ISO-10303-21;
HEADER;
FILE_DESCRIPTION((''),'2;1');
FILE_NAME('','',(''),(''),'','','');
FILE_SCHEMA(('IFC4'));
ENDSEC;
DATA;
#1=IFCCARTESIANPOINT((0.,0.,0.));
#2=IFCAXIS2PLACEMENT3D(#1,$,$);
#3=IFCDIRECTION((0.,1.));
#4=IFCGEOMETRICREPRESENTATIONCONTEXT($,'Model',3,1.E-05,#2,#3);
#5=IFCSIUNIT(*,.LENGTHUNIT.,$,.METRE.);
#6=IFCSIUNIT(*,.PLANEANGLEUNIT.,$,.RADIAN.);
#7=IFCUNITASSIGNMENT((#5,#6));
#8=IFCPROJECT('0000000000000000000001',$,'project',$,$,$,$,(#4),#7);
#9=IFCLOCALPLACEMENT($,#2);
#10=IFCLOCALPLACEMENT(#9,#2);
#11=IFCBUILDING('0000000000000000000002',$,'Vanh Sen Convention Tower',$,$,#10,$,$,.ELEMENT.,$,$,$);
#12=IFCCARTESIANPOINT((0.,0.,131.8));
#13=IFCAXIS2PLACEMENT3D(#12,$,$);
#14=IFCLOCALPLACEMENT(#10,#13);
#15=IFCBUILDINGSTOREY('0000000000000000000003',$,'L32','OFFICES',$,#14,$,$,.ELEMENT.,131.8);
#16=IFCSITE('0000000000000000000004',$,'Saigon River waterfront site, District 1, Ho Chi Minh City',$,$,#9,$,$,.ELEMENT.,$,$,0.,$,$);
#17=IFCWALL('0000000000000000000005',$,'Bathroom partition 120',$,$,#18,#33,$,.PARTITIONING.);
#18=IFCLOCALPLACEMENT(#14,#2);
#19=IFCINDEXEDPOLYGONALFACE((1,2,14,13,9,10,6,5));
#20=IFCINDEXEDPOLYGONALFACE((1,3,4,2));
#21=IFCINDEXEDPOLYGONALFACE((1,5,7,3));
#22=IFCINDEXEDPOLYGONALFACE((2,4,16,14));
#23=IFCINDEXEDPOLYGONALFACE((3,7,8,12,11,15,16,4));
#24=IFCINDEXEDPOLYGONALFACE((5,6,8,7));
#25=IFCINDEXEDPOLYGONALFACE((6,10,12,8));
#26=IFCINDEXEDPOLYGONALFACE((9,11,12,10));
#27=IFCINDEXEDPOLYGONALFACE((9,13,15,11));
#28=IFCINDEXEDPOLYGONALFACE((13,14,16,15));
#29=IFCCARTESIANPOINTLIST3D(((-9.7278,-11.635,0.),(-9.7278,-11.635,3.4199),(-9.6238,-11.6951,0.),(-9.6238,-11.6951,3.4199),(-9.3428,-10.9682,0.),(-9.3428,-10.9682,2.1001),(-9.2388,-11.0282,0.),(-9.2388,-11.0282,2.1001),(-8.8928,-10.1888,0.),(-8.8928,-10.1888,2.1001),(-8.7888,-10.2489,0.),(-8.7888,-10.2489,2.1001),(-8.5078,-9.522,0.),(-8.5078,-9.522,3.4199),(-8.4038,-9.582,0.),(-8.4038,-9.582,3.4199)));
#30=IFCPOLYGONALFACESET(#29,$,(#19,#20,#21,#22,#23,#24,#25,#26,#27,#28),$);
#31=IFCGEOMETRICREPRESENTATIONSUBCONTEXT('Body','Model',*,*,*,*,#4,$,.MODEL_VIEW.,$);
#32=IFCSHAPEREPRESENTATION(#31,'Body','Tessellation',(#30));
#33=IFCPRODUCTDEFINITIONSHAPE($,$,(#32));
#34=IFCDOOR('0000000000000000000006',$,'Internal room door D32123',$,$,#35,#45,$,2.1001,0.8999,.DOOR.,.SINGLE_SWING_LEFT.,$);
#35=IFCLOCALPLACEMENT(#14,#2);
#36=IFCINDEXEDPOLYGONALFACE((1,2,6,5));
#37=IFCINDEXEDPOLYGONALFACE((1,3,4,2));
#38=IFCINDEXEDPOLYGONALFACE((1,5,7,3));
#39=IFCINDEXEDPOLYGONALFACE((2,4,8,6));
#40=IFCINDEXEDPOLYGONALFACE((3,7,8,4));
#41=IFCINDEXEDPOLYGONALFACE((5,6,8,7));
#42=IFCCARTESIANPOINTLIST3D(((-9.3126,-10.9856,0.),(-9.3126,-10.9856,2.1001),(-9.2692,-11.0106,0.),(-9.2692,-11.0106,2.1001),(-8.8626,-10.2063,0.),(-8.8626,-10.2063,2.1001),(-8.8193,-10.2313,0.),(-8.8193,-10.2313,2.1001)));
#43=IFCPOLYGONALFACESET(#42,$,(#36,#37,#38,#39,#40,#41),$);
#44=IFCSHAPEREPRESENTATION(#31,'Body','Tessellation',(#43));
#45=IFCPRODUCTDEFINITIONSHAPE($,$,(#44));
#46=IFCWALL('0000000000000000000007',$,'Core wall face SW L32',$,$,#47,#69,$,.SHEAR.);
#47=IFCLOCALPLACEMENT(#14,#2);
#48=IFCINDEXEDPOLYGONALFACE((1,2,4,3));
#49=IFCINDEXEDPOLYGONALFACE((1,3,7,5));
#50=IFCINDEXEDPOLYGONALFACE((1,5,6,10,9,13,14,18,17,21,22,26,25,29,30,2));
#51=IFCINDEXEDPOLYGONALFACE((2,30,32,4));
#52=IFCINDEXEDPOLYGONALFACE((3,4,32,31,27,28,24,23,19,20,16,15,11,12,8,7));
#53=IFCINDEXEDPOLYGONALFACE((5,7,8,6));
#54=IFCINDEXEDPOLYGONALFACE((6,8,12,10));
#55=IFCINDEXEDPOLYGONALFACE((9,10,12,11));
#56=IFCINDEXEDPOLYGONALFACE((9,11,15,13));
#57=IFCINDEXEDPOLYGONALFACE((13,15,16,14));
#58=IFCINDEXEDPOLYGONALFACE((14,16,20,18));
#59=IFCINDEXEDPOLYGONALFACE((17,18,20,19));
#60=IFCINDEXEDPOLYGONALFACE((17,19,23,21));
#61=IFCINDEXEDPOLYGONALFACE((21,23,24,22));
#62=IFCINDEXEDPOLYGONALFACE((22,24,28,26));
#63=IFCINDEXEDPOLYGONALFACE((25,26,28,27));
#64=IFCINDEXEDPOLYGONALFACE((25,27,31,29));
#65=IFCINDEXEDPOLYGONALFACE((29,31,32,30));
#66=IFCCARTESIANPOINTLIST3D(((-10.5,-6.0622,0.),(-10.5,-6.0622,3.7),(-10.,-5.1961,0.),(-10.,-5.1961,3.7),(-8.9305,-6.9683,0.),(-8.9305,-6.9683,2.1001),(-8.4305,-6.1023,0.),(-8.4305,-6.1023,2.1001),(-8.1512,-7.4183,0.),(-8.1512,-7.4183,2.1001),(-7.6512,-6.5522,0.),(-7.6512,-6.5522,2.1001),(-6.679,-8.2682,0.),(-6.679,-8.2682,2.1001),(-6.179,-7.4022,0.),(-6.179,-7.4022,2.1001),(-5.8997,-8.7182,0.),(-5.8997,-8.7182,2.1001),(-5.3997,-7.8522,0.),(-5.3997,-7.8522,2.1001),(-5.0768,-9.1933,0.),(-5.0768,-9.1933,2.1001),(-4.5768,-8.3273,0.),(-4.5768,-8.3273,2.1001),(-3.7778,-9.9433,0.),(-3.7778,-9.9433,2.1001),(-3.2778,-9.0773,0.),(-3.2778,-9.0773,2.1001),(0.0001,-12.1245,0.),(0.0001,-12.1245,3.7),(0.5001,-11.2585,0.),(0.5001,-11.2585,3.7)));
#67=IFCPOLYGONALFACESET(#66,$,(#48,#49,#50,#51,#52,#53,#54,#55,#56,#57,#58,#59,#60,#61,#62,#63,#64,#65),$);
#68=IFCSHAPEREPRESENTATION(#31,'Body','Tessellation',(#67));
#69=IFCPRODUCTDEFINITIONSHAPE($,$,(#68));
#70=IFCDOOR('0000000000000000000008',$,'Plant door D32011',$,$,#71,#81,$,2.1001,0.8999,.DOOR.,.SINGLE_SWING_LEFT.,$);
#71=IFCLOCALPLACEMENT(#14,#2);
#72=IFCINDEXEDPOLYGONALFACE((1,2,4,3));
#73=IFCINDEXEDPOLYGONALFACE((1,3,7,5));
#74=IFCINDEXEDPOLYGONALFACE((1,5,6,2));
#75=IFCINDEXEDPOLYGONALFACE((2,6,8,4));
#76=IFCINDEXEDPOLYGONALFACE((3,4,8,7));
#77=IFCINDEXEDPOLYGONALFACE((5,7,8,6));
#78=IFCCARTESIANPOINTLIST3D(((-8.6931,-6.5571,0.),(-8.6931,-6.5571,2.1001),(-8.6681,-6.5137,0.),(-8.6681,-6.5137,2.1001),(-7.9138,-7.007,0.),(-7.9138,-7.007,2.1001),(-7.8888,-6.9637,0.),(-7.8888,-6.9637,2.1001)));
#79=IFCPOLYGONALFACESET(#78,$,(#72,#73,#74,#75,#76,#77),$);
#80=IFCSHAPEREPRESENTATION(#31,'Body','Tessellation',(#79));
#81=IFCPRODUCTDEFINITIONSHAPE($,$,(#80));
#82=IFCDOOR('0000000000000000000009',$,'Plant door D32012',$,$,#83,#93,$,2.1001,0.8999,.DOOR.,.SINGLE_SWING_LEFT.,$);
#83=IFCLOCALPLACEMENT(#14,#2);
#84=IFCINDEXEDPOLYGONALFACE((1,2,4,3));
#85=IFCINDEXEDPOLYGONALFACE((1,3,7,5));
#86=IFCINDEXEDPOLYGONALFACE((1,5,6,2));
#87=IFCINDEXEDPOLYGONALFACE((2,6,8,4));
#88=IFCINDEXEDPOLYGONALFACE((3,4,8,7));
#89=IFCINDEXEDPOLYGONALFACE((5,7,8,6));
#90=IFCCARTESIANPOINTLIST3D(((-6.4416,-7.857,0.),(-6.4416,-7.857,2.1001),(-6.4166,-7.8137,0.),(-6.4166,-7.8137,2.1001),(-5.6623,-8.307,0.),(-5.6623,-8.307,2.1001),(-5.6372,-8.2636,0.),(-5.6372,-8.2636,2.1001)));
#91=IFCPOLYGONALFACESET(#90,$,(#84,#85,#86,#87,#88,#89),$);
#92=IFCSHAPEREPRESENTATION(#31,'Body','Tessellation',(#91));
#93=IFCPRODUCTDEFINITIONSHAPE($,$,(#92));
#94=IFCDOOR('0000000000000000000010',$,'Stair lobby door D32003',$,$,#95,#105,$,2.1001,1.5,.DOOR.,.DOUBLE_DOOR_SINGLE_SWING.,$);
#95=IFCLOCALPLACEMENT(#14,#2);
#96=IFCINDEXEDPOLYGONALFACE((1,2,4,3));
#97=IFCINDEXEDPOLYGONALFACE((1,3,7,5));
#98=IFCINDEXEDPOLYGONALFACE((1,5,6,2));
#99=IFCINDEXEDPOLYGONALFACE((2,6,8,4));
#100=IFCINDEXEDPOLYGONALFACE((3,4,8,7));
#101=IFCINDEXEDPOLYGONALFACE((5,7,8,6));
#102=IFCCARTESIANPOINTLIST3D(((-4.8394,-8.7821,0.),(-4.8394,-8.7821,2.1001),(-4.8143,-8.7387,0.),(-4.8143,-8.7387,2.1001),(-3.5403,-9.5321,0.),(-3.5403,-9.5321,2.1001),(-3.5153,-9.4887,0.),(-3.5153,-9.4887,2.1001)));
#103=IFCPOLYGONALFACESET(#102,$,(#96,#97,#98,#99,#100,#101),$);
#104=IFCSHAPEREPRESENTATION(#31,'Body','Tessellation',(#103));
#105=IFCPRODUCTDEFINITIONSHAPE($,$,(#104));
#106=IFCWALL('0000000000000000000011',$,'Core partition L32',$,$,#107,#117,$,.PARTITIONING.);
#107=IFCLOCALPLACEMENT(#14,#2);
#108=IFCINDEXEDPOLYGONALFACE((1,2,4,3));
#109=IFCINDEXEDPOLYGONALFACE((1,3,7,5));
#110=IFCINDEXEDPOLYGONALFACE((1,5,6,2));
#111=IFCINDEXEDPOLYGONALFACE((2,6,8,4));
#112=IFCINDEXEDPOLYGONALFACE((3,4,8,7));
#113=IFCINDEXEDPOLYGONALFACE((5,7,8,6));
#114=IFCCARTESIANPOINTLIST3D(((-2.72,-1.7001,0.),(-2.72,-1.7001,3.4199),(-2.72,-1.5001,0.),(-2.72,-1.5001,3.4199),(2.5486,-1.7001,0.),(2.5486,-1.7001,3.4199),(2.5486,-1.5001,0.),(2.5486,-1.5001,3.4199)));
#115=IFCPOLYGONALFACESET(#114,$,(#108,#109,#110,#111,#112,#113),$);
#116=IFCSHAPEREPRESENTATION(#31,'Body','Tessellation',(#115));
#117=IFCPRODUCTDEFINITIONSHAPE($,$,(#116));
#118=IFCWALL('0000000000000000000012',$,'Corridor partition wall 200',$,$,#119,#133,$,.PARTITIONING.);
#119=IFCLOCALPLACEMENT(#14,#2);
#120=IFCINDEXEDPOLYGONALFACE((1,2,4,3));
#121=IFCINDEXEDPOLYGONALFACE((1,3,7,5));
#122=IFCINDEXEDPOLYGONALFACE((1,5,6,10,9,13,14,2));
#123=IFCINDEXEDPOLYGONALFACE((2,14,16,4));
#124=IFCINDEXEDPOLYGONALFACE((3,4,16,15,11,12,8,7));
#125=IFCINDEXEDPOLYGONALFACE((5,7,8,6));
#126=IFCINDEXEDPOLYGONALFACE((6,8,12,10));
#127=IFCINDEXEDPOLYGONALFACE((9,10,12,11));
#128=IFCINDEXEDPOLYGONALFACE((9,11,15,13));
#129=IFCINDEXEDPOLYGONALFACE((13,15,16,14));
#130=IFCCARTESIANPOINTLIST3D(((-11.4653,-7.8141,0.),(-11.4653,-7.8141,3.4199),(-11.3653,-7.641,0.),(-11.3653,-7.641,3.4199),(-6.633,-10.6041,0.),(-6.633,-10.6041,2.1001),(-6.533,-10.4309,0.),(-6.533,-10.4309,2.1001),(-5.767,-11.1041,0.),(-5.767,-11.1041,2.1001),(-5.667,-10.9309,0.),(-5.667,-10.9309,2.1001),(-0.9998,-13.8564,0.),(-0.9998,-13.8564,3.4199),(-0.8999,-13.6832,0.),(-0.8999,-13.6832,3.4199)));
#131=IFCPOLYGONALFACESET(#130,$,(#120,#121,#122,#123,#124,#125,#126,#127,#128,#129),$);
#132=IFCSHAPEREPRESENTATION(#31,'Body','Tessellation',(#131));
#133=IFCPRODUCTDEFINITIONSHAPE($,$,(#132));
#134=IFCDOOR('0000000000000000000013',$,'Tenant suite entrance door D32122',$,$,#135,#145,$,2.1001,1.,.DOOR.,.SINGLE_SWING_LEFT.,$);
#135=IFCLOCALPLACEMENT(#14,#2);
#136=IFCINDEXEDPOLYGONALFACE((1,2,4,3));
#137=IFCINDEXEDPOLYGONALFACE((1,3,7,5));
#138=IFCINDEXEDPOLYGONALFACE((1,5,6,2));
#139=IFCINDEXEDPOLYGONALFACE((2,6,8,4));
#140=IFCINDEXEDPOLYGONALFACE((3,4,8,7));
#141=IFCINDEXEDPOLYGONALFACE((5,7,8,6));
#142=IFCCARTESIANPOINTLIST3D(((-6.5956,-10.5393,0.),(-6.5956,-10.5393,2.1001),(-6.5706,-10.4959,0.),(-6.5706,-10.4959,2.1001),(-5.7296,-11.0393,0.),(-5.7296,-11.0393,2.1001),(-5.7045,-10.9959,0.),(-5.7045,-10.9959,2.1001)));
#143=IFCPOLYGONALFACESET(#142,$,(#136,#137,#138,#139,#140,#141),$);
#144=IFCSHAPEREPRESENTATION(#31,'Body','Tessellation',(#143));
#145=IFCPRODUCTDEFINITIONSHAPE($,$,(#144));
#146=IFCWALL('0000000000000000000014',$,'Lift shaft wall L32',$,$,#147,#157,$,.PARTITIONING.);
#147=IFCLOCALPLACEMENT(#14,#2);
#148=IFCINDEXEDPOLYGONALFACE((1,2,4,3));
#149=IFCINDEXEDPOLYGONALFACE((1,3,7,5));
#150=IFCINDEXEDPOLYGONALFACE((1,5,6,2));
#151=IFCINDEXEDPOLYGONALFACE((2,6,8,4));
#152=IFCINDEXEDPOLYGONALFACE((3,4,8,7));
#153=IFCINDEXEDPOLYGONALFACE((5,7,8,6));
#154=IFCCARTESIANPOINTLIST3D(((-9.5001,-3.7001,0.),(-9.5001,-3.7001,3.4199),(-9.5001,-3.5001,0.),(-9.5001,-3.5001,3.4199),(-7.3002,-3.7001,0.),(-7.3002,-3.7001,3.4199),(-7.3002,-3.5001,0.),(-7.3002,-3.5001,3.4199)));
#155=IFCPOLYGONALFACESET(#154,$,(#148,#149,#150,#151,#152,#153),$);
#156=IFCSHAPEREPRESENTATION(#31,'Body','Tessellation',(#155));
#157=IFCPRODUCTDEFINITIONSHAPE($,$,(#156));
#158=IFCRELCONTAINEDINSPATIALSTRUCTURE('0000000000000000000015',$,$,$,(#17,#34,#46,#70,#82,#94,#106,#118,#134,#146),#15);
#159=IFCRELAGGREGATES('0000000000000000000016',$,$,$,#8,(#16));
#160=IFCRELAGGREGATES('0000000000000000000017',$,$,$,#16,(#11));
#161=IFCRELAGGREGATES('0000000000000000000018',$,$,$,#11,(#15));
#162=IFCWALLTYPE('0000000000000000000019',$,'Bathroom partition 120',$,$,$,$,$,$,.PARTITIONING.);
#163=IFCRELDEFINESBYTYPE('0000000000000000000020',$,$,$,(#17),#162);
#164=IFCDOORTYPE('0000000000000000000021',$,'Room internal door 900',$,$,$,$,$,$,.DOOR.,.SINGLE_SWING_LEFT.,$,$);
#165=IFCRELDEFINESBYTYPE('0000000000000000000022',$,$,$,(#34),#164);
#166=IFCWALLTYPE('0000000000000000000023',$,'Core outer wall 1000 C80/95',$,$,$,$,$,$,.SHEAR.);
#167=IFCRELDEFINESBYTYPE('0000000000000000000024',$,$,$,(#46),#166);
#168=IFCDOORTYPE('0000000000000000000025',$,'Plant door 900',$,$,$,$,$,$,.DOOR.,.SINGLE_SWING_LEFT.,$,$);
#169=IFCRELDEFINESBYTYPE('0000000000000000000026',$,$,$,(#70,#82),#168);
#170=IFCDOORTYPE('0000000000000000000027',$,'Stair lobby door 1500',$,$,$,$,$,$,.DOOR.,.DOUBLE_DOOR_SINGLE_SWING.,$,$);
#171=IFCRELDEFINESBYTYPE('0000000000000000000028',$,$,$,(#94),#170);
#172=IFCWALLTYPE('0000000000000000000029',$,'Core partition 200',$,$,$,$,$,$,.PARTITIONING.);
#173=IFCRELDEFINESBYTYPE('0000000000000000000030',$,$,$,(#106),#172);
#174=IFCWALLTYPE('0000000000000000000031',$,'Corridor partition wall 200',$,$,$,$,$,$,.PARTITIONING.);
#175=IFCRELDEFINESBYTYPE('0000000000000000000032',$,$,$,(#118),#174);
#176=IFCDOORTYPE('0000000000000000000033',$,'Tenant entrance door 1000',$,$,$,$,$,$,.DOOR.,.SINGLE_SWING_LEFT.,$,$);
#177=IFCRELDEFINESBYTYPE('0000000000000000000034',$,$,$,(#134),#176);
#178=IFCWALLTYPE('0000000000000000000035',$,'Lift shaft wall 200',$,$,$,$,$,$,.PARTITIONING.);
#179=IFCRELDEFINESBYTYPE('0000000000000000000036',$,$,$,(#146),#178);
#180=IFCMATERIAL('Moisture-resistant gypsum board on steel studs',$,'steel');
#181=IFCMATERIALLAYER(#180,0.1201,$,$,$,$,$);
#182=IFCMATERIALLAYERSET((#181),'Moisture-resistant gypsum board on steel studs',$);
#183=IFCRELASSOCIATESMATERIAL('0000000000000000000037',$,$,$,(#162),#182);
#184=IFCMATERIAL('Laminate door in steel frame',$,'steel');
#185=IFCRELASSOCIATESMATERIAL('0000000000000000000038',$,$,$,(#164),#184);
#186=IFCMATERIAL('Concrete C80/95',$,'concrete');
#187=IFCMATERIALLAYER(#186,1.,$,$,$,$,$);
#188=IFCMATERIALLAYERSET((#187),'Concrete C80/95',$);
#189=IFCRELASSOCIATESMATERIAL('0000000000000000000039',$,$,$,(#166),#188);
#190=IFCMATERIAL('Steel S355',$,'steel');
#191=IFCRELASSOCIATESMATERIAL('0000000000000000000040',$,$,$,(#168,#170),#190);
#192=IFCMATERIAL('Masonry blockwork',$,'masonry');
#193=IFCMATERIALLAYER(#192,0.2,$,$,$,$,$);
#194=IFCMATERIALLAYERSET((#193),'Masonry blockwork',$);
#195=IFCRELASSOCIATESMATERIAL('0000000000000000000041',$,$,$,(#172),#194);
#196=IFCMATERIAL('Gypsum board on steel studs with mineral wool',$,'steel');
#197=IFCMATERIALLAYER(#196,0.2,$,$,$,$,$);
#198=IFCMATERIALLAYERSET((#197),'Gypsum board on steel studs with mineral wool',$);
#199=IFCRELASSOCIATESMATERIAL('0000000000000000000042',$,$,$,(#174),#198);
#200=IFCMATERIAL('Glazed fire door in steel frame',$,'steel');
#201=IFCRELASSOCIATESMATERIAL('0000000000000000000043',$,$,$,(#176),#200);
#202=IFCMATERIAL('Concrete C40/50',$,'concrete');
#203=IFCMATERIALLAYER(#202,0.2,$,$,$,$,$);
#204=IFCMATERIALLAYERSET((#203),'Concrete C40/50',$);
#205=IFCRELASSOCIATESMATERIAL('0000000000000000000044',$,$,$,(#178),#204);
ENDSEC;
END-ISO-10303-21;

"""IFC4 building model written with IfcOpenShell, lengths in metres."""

from ifc_helpers import new_model, si_unit, direction, frame, frame_2d, origin, place, context, subcontext, project, spatial, rectangle, extrude, material, layer, layer_set, type_object, element, fill, save


model = new_model("IFC4")

# Units and contexts
model_context = context("Model", 3, precision=1e-05, world=origin(), true_north=direction((0.0, 1.0)))
body_context = subcontext(model_context, "Body", "Model", "MODEL_VIEW")
ifc_project = project(units=[si_unit("LENGTHUNIT", "METRE"), si_unit("PLANEANGLEUNIT", "RADIAN")], contexts=[model_context])

# Site, building, storey
site_placement = place(None, origin())
site = spatial("IfcSite", under=ifc_project, at=site_placement, Name="Saigon River waterfront site, District 1, Ho Chi Minh City", CompositionType="ELEMENT", RefElevation=0.0)
building_placement = place(site_placement, origin())
building = spatial("IfcBuilding", under=site, at=building_placement, Name="Vanh Sen Convention Tower", CompositionType="ELEMENT")
storey_placement = place(building_placement, frame((0.0, 0.0, 131.8)))
storey = spatial("IfcBuildingStorey", under=building, at=storey_placement, Name="L32", Description="OFFICES", CompositionType="ELEMENT", Elevation=131.8)

# Shared definitions
ifc_material_1 = material(Name="Concrete C40/50", Category="concrete")

# Shared definitions
ifc_material_2 = material(Name="Moisture-resistant gypsum board on steel studs", Category="steel")
ifc_layer_1 = layer(ifc_material_2, 0.1201)
ifc_layer_set_1 = layer_set([ifc_layer_1], Name="Moisture-resistant gypsum board on steel studs")
wall_type_1 = type_object("IfcWallType", Name="Bathroom partition 120", PredefinedType="PARTITIONING", material=ifc_layer_set_1)

# Wall, opening, door
wall_1_placement = place(storey_placement, frame((-8.4558, -9.552, 0.0), z_axis=(0.0, 0.0, 1.0), x_axis=(-0.500003, -0.866024, 0.0)))
wall_1 = element("IfcWall", 1, at=wall_1_placement, inside=storey, type_object=wall_type_1, Name="Bathroom partition 120", PredefinedType="PARTITIONING", context=body_context, shape_type="SweptSolid", body=[
    extrude(rectangle(XDim=2.4399, YDim=0.1201, at=frame_2d((1.22, 0.0))), origin(), (0.0, 0.0, 1.0), 3.4199),
])
opening_1_placement = place(wall_1_placement, frame((0.77, 0.0, 0.0)))
opening_1 = element("IfcOpeningElement", 2, at=opening_1_placement, cuts=wall_1, PredefinedType="OPENING", context=body_context, shape_type="SweptSolid", body=[
    extrude(rectangle(XDim=0.8999, YDim=2.1001, at=frame_2d((0.45, 1.05))), frame((0.0, 0.0701, 0.0), z_axis=(0.0, -1.0, 0.0), x_axis=(1.0, 0.0, 0.0)), (0.0, 0.0, 1.0), 0.1401),
])
ifc_material_3 = material(Name="Laminate door in steel frame", Category="steel")
door_type_1 = type_object("IfcDoorType", Name="Room internal door 900", OperationType="SINGLE_SWING_LEFT", PredefinedType="DOOR", material=ifc_material_3)
door_1_placement = place(opening_1_placement, origin())
door_1 = element("IfcDoor", 3, at=door_1_placement, inside=storey, type_object=door_type_1, Name="Internal room door D32123", OperationType="SINGLE_SWING_LEFT", OverallHeight=2.1001, OverallWidth=0.8999, PredefinedType="DOOR", context=body_context, shape_type="SweptSolid", body=[
    extrude(rectangle(XDim=0.8999, YDim=2.1001, at=frame_2d((0.45, 1.05))), frame((0.0, 0.0249, 0.0), z_axis=(0.0, -1.0, 0.0), x_axis=(1.0, 0.0, 0.0)), (0.0, 0.0, 1.0), 0.05),
])
fill(opening_1, door_1)

# Wall, openings, doors
ifc_material_4 = material(Name="Concrete C80/95", Category="concrete")
ifc_layer_2 = layer(ifc_material_4, 1.0)
ifc_layer_set_2 = layer_set([ifc_layer_2], Name="Concrete C80/95")
wall_type_2 = type_object("IfcWallType", Name="Core outer wall 1000 C80/95", PredefinedType="SHEAR", material=ifc_layer_set_2)
wall_2_placement = place(storey_placement, frame((-10.25, -5.6292, 0.0), z_axis=(0.0, 0.0, 1.0), x_axis=(0.866023, -0.500005, 0.0)))
wall_2 = element("IfcWall", 4, at=wall_2_placement, inside=storey, type_object=wall_type_2, Name="Core wall face SW L32", PredefinedType="SHEAR", context=body_context, shape_type="SweptSolid", body=[
    extrude(rectangle(XDim=12.1245, YDim=1.0, at=frame_2d((6.0623, 0.0))), origin(), (0.0, 0.0, 1.0), 3.7),
])
opening_2_placement = place(wall_2_placement, frame((6.2622, 0.0, 0.0)))
opening_2 = element("IfcOpeningElement", 5, at=opening_2_placement, cuts=wall_2, PredefinedType="OPENING", context=body_context, shape_type="SweptSolid", body=[
    extrude(rectangle(XDim=1.5, YDim=2.1001, at=frame_2d((0.75, 1.05))), frame((0.0, 0.51, 0.0), z_axis=(0.0, -1.0, 0.0), x_axis=(1.0, 0.0, 0.0)), (0.0, 0.0, 1.0), 1.02),
])
opening_3_placement = place(wall_2_placement, frame((1.8123, 0.0, 0.0)))
opening_3 = element("IfcOpeningElement", 6, at=opening_3_placement, cuts=wall_2, PredefinedType="OPENING", context=body_context, shape_type="SweptSolid", body=[
    extrude(rectangle(XDim=0.8999, YDim=2.1001, at=frame_2d((0.45, 1.05))), frame((0.0, 0.51, 0.0), z_axis=(0.0, -1.0, 0.0), x_axis=(1.0, 0.0, 0.0)), (0.0, 0.0, 1.0), 1.02),
])
opening_4_placement = place(wall_2_placement, frame((4.4121, 0.0, 0.0)))
opening_4 = element("IfcOpeningElement", 7, at=opening_4_placement, cuts=wall_2, PredefinedType="OPENING", context=body_context, shape_type="SweptSolid", body=[
    extrude(rectangle(XDim=0.8999, YDim=2.1001, at=frame_2d((0.45, 1.05))), frame((0.0, 0.51, 0.0), z_axis=(0.0, -1.0, 0.0), x_axis=(1.0, 0.0, 0.0)), (0.0, 0.0, 1.0), 1.02),
])
ifc_material_5 = material(Name="Steel S355", Category="steel")
door_type_2 = type_object("IfcDoorType", Name="Plant door 900", OperationType="SINGLE_SWING_LEFT", PredefinedType="DOOR", material=ifc_material_5)
door_2_placement = place(opening_3_placement, origin())
door_2 = element("IfcDoor", 8, at=door_2_placement, inside=storey, type_object=door_type_2, Name="Plant door D32011", OperationType="SINGLE_SWING_LEFT", OverallHeight=2.1001, OverallWidth=0.8999, PredefinedType="DOOR", context=body_context, shape_type="SweptSolid", body=[
    extrude(rectangle(XDim=0.8999, YDim=2.1001, at=frame_2d((0.45, 1.05))), frame((0.0, 0.0249, 0.0), z_axis=(0.0, -1.0, 0.0), x_axis=(1.0, 0.0, 0.0)), (0.0, 0.0, 1.0), 0.05),
])
fill(opening_3, door_2)
door_3_placement = place(opening_4_placement, origin())
door_3 = element("IfcDoor", 9, at=door_3_placement, inside=storey, type_object=door_type_2, Name="Plant door D32012", OperationType="SINGLE_SWING_LEFT", OverallHeight=2.1001, OverallWidth=0.8999, PredefinedType="DOOR", context=body_context, shape_type="SweptSolid", body=[
    extrude(rectangle(XDim=0.8999, YDim=2.1001, at=frame_2d((0.45, 1.05))), frame((0.0, 0.0249, 0.0), z_axis=(0.0, -1.0, 0.0), x_axis=(1.0, 0.0, 0.0)), (0.0, 0.0, 1.0), 0.05),
])
fill(opening_4, door_3)
door_type_3 = type_object("IfcDoorType", Name="Stair lobby door 1500", OperationType="DOUBLE_DOOR_SINGLE_SWING", PredefinedType="DOOR", material=ifc_material_5)
door_4_placement = place(opening_2_placement, origin())
door_4 = element("IfcDoor", 10, at=door_4_placement, inside=storey, type_object=door_type_3, Name="Stair lobby door D32003", OperationType="DOUBLE_DOOR_SINGLE_SWING", OverallHeight=2.1001, OverallWidth=1.5, PredefinedType="DOOR", context=body_context, shape_type="SweptSolid", body=[
    extrude(rectangle(XDim=1.5, YDim=2.1001, at=frame_2d((0.75, 1.05))), frame((0.0, 0.0249, 0.0), z_axis=(0.0, -1.0, 0.0), x_axis=(1.0, 0.0, 0.0)), (0.0, 0.0, 1.0), 0.05),
])
fill(opening_2, door_4)

# Wall
ifc_material_6 = material(Name="Masonry blockwork", Category="masonry")
ifc_layer_3 = layer(ifc_material_6, 0.2)
ifc_layer_set_3 = layer_set([ifc_layer_3], Name="Masonry blockwork")
wall_type_3 = type_object("IfcWallType", Name="Core partition 200", PredefinedType="PARTITIONING", material=ifc_layer_set_3)
wall_3_placement = place(storey_placement, frame((-2.72, -1.6001, 0.0), z_axis=(0.0, 0.0, 1.0), x_axis=(1.0, 0.0, 0.0)))
element("IfcWall", 11, at=wall_3_placement, inside=storey, type_object=wall_type_3, Name="Core partition L32", PredefinedType="PARTITIONING", context=body_context, shape_type="SweptSolid", body=[
    extrude(rectangle(XDim=5.2686, YDim=0.2, at=frame_2d((2.6343, 0.0))), origin(), (0.0, 0.0, 1.0), 3.4199),
])

# Wall, opening, door
ifc_material_7 = material(Name="Gypsum board on steel studs with mineral wool", Category="steel")
ifc_layer_4 = layer(ifc_material_7, 0.2)
ifc_layer_set_4 = layer_set([ifc_layer_4], Name="Gypsum board on steel studs with mineral wool")
wall_type_4 = type_object("IfcWallType", Name="Corridor partition wall 200", PredefinedType="PARTITIONING", material=ifc_layer_set_4)
wall_4_placement = place(storey_placement, frame((-11.4153, -7.7275, 0.0), z_axis=(0.0, 0.0, 1.0), x_axis=(0.866023, -0.500005, 0.0)))
wall_4 = element("IfcWall", 12, at=wall_4_placement, inside=storey, type_object=wall_type_4, Name="Corridor partition wall 200", PredefinedType="PARTITIONING", context=body_context, shape_type="SweptSolid", body=[
    extrude(rectangle(XDim=12.0845, YDim=0.2, at=frame_2d((6.0422, 0.0))), origin(), (0.0, 0.0, 1.0), 3.4199),
])
opening_5_placement = place(wall_4_placement, frame((5.5798, 0.0, 0.0)))
opening_5 = element("IfcOpeningElement", 13, at=opening_5_placement, cuts=wall_4, PredefinedType="OPENING", context=body_context, shape_type="SweptSolid", body=[
    extrude(rectangle(XDim=1.0, YDim=2.1001, at=frame_2d((0.5, 1.05))), frame((0.0, 0.1099, 0.0), z_axis=(0.0, -1.0, 0.0), x_axis=(1.0, 0.0, 0.0)), (0.0, 0.0, 1.0), 0.22),
])
ifc_material_8 = material(Name="Glazed fire door in steel frame", Category="steel")
door_type_4 = type_object("IfcDoorType", Name="Tenant entrance door 1000", OperationType="SINGLE_SWING_LEFT", PredefinedType="DOOR", material=ifc_material_8)
door_5_placement = place(opening_5_placement, origin())
door_5 = element("IfcDoor", 14, at=door_5_placement, inside=storey, type_object=door_type_4, Name="Tenant suite entrance door D32122", OperationType="SINGLE_SWING_LEFT", OverallHeight=2.1001, OverallWidth=1.0, PredefinedType="DOOR", context=body_context, shape_type="SweptSolid", body=[
    extrude(rectangle(XDim=1.0, YDim=2.1001, at=frame_2d((0.5, 1.05))), frame((0.0, 0.0249, 0.0), z_axis=(0.0, -1.0, 0.0), x_axis=(1.0, 0.0, 0.0)), (0.0, 0.0, 1.0), 0.05),
])
fill(opening_5, door_5)

# Wall
ifc_layer_5 = layer(ifc_material_1, 0.2)
ifc_layer_set_5 = layer_set([ifc_layer_5], Name="Concrete C40/50")
wall_type_5 = type_object("IfcWallType", Name="Lift shaft wall 200", PredefinedType="PARTITIONING", material=ifc_layer_set_5)
wall_5_placement = place(storey_placement, frame((-7.3, -3.6001, 0.0), z_axis=(0.0, 0.0, 1.0), x_axis=(-1.0, 0.0, 0.0)))
element("IfcWall", 15, at=wall_5_placement, inside=storey, type_object=wall_type_5, Name="Lift shaft wall L32", PredefinedType="PARTITIONING", context=body_context, shape_type="SweptSolid", body=[
    extrude(rectangle(XDim=2.2, YDim=0.2, at=frame_2d((1.1001, 0.0))), origin(), (0.0, 0.0, 1.0), 3.4199),
])

save(model, "model.ifc")
